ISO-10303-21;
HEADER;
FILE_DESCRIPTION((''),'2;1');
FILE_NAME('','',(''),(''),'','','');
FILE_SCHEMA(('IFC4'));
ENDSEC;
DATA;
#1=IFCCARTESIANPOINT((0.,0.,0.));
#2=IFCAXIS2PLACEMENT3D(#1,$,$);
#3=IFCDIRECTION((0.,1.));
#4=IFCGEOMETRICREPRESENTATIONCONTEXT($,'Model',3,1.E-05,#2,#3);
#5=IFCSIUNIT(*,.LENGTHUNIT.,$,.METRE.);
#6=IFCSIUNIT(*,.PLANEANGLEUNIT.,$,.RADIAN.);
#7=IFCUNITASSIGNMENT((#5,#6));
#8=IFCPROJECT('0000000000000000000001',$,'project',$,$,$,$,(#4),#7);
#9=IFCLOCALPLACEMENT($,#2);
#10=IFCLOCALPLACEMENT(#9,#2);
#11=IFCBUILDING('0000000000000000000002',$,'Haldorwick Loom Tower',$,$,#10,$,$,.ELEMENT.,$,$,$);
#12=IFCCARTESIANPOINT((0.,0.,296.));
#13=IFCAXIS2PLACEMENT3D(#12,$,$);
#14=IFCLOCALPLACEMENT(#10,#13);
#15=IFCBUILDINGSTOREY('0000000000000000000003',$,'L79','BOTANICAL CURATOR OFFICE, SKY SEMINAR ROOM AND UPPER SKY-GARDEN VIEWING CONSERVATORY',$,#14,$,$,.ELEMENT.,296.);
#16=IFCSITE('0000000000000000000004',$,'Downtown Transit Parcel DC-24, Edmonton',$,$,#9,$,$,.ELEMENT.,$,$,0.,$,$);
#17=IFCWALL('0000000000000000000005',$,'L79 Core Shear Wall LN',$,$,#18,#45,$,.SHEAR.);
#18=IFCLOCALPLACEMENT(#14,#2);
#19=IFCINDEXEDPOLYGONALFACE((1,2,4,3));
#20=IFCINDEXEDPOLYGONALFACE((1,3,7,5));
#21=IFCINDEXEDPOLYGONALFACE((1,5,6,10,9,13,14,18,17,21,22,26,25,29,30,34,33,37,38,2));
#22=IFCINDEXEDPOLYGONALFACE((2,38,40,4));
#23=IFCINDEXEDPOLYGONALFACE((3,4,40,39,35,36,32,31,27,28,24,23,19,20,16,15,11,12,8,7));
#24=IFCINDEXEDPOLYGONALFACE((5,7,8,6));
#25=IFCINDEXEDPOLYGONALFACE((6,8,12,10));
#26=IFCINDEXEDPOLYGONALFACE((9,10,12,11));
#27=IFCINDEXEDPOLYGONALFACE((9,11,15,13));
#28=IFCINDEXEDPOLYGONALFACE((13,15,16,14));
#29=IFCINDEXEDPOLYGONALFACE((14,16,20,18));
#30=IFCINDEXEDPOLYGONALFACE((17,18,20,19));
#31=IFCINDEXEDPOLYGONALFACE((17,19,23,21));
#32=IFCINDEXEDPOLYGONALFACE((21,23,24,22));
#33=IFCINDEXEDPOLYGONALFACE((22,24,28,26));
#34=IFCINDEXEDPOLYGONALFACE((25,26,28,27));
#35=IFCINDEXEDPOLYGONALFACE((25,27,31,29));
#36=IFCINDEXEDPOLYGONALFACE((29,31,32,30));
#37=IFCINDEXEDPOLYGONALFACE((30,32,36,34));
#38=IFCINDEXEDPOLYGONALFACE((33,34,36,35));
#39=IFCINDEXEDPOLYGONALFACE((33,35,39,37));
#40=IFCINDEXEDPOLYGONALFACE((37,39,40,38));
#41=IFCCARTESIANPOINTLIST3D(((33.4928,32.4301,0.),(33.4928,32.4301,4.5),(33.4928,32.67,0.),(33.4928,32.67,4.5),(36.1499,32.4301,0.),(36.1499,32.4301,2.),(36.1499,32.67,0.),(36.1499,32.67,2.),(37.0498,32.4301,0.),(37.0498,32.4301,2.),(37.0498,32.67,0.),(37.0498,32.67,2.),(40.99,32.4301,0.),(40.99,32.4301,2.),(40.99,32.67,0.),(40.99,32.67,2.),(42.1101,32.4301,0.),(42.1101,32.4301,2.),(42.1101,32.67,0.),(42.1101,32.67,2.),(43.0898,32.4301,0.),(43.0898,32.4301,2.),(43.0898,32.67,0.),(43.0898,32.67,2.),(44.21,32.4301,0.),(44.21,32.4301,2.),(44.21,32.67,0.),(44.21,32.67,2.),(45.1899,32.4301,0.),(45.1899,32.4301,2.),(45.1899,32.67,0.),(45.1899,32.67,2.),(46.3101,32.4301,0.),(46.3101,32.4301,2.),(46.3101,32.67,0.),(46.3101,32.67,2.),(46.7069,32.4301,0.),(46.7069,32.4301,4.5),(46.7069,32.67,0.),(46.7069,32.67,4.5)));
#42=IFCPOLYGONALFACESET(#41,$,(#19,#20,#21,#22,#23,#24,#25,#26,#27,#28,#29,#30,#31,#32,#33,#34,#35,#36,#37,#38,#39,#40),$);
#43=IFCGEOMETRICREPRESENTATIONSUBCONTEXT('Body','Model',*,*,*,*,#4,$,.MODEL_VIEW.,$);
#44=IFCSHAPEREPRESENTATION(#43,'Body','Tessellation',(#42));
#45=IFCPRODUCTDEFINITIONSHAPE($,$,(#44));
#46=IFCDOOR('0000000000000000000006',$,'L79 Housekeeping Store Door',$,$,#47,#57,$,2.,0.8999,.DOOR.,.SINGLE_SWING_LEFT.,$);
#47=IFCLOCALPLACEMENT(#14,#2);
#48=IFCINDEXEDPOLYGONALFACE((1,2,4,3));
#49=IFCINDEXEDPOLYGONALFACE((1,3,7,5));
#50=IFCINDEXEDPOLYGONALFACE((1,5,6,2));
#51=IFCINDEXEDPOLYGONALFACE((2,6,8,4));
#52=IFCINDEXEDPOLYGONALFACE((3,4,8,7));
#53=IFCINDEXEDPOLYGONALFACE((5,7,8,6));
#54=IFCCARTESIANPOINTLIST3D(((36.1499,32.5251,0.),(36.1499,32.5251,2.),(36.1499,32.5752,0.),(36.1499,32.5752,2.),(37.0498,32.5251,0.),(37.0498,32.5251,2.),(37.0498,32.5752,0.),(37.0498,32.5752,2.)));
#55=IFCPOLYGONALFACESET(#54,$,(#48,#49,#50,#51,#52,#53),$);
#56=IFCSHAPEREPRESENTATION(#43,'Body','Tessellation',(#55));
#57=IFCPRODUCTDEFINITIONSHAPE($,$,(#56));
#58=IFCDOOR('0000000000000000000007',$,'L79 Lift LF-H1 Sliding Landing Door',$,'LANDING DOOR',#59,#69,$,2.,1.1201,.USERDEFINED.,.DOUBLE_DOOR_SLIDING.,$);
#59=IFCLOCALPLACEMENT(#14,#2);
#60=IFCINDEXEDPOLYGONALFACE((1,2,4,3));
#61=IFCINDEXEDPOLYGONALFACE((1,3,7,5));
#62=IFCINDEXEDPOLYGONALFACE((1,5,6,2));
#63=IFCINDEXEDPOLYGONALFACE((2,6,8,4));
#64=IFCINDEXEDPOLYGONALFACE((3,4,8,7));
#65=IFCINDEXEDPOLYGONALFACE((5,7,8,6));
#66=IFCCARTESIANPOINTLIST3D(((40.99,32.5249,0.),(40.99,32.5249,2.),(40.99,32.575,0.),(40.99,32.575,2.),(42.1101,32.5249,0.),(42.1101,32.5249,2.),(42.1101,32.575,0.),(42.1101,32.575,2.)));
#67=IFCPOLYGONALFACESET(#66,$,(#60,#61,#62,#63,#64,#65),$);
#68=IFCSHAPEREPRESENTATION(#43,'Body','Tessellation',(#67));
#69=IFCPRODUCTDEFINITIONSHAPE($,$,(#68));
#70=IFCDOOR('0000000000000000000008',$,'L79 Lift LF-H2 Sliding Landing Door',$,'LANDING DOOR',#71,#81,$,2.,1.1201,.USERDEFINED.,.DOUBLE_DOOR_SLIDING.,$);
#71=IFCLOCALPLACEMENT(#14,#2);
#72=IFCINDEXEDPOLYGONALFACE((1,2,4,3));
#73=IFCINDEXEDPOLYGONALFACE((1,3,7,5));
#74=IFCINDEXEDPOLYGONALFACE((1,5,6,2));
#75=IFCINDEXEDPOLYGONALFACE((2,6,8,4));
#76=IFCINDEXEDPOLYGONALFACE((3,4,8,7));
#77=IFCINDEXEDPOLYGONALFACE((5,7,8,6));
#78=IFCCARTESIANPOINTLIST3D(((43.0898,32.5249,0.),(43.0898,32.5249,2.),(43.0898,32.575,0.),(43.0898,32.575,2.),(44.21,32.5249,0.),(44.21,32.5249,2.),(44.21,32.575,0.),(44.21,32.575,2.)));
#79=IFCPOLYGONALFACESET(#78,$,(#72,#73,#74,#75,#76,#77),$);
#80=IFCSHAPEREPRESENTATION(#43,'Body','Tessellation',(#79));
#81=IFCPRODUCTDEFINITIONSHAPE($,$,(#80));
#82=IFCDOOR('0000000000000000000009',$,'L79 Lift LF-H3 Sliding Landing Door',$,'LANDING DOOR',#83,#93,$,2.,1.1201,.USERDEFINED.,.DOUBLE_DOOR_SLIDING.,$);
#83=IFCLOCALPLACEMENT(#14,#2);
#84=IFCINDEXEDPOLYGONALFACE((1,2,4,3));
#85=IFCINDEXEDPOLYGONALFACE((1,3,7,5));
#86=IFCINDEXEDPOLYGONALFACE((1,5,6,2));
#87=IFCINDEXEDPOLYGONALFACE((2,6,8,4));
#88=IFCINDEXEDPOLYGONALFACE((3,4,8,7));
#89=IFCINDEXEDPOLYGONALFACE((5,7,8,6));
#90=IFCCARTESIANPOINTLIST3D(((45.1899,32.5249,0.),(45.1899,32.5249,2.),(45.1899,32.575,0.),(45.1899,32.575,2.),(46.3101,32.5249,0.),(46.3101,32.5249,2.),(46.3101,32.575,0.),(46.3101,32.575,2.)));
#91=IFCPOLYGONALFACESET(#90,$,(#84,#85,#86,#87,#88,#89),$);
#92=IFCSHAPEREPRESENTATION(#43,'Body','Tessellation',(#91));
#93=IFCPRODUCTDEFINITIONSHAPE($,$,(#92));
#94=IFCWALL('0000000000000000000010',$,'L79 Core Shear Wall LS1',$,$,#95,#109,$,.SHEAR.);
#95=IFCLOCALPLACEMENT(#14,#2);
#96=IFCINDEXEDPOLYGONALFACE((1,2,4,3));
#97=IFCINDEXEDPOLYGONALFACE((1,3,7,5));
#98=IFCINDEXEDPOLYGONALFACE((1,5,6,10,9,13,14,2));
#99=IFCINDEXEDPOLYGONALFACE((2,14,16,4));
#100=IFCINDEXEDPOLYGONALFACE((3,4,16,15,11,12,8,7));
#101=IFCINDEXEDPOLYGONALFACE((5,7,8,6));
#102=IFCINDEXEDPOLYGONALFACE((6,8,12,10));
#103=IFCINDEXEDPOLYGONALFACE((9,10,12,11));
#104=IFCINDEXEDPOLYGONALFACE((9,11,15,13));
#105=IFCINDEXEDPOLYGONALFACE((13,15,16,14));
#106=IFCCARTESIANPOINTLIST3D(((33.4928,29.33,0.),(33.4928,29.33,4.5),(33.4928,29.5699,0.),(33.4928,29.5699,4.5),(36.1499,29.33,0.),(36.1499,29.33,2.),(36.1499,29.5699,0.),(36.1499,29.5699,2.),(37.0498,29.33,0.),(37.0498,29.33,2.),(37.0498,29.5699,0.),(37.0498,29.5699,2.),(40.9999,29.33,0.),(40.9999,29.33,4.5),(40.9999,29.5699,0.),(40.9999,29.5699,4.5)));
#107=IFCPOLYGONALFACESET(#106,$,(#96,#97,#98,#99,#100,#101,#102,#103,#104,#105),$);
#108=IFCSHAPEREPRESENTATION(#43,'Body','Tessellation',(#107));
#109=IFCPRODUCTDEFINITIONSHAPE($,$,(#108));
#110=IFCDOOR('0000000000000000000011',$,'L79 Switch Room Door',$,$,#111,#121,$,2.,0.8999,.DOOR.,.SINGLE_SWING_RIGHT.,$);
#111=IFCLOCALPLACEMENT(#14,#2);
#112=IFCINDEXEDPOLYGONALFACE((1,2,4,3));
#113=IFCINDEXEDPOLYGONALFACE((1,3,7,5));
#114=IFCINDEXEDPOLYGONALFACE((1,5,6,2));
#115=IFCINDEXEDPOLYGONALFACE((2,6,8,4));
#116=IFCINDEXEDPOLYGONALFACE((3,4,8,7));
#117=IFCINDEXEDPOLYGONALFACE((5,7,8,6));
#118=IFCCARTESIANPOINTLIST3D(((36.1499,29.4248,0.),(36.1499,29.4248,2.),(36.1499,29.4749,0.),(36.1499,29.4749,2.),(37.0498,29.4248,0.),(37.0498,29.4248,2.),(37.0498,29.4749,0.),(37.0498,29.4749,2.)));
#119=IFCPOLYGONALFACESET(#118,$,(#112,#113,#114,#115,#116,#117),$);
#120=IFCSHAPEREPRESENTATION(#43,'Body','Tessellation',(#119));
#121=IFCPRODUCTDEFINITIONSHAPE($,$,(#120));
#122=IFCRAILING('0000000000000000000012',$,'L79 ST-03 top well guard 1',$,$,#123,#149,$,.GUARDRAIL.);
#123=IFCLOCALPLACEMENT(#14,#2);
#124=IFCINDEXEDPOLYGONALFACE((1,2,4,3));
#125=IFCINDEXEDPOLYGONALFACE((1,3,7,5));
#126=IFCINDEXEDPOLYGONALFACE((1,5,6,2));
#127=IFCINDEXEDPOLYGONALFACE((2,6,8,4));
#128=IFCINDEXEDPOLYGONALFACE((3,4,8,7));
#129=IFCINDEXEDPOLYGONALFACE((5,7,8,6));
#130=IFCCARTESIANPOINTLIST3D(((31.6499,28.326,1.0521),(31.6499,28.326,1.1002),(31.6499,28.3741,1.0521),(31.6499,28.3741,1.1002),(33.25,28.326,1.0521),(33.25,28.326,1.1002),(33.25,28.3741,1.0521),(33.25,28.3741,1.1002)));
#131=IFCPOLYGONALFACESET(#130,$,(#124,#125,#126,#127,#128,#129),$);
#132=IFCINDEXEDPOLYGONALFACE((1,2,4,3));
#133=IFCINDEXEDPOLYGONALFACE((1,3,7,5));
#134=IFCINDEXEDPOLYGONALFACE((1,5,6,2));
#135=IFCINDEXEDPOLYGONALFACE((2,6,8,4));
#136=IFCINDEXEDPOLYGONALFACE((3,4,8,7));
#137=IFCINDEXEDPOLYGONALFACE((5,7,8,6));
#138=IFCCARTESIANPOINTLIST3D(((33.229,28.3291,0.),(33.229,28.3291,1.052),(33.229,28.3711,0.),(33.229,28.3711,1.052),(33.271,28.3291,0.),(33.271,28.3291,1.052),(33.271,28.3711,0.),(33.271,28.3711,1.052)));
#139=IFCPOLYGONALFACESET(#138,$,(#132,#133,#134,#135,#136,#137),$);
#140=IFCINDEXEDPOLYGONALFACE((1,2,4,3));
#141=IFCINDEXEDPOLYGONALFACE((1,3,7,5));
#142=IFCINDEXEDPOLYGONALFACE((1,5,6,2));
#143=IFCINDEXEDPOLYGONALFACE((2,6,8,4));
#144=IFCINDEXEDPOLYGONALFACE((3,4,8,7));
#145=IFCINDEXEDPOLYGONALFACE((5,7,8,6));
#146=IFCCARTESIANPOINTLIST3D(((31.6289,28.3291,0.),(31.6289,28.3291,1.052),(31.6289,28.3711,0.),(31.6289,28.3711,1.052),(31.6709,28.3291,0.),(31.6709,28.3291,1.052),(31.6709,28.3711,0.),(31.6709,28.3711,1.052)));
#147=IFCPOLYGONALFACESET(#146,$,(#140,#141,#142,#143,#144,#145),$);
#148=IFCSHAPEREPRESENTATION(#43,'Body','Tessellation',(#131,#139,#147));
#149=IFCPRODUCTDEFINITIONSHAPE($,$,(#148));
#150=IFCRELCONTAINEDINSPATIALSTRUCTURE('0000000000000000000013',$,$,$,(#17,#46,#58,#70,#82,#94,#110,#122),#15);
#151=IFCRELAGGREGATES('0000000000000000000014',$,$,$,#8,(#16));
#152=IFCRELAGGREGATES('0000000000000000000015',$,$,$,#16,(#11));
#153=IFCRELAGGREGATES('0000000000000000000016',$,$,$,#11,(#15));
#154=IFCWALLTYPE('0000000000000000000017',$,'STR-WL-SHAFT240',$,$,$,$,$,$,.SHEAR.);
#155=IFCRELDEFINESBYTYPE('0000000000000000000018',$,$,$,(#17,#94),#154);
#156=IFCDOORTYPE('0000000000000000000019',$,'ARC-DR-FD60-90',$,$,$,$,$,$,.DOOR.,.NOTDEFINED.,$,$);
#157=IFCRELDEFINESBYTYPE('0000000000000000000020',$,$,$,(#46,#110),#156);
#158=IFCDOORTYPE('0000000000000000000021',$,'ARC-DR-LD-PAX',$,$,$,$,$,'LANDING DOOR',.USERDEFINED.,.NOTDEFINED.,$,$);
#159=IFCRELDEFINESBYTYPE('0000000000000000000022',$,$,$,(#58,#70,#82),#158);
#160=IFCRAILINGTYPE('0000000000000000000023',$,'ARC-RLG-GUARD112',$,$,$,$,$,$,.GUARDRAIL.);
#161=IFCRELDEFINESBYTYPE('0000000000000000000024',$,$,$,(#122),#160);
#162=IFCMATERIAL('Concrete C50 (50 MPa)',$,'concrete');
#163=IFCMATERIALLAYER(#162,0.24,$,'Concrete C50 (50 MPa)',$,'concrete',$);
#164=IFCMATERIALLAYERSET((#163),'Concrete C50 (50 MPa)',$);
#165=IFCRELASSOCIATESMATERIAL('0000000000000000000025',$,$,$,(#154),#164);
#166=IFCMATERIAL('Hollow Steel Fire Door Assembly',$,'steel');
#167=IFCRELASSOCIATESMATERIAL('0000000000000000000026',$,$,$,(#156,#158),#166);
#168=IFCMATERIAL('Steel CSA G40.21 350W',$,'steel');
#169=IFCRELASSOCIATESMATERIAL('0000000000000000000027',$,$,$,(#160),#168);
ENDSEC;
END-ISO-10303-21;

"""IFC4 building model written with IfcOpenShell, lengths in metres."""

from ifc_helpers import new_model, si_unit, direction, frame, frame_2d, origin, origin_2d, place, context, subcontext, project, spatial, rectangle, extrude, material, layer, layer_set, type_object, element, fill, save


model = new_model("IFC4")

# Units and contexts
model_context = context("Model", 3, precision=1e-05, world=origin(), true_north=direction((0.0, 1.0)))
body_context = subcontext(model_context, "Body", "Model", "MODEL_VIEW")
ifc_project = project(units=[si_unit("LENGTHUNIT", "METRE"), si_unit("PLANEANGLEUNIT", "RADIAN")], contexts=[model_context])

# Site, building, storey
site_placement = place(None, origin())
site = spatial("IfcSite", under=ifc_project, at=site_placement, Name="Downtown Transit Parcel DC-24, Edmonton", CompositionType="ELEMENT", RefElevation=0.0)
building_placement = place(site_placement, origin())
building = spatial("IfcBuilding", under=site, at=building_placement, Name="Haldorwick Loom Tower", CompositionType="ELEMENT")
storey_placement = place(building_placement, frame((0.0, 0.0, 296.0)))
storey = spatial("IfcBuildingStorey", under=building, at=storey_placement, Name="L79", Description="BOTANICAL CURATOR OFFICE, SKY SEMINAR ROOM AND UPPER SKY-GARDEN VIEWING CONSERVATORY", CompositionType="ELEMENT", Elevation=296.0)

# Shared definitions
ifc_material_1 = material(Name="Steel CSA G40.21 350W", Category="steel")

# Shared definitions
ifc_material_2 = material(Name="Concrete C50 (50 MPa)", Category="concrete")

# Shared definitions
ifc_layer = layer(ifc_material_2, 0.24, Name="Concrete C50 (50 MPa)", Category="concrete")
ifc_layer_set = layer_set([ifc_layer], Name="Concrete C50 (50 MPa)")
wall_type = type_object("IfcWallType", Name="STR-WL-SHAFT240", PredefinedType="SHEAR", material=ifc_layer_set)

# Wall, openings, doors
wall_1_placement = place(storey_placement, frame((33.4929, 32.55, 0.0), z_axis=(0.0, 0.0, 1.0), x_axis=(1.0, 0.0, 0.0)))
wall_1 = element("IfcWall", 1, at=wall_1_placement, inside=storey, type_object=wall_type, Name="L79 Core Shear Wall LN", PredefinedType="SHEAR", context=body_context, shape_type="SweptSolid", body=[
    extrude(rectangle(XDim=13.2141, YDim=0.24, at=frame_2d((6.6069, 0.0))), origin(), (0.0, 0.0, 1.0), 4.5),
])
opening_1_placement = place(wall_1_placement, frame((2.657, 0.0, 0.0)))
opening_1 = element("IfcOpeningElement", 2, at=opening_1_placement, cuts=wall_1, PredefinedType="OPENING", context=body_context, shape_type="SweptSolid", body=[
    extrude(rectangle(XDim=0.8999, YDim=2.0, at=frame_2d((0.45, 1.0))), frame((0.0, 0.1299, 0.0), z_axis=(0.0, -1.0, 0.0), x_axis=(1.0, 0.0, 0.0)), (0.0, 0.0, 1.0), 0.26),
])
opening_2_placement = place(wall_1_placement, frame((7.4971, 0.0, 0.0)))
opening_2 = element("IfcOpeningElement", 3, at=opening_2_placement, cuts=wall_1, PredefinedType="OPENING", context=body_context, shape_type="SweptSolid", body=[
    extrude(rectangle(XDim=1.1201, YDim=2.0, at=frame_2d((0.5601, 1.0))), frame((0.0, 0.1299, 0.0), z_axis=(0.0, -1.0, 0.0), x_axis=(1.0, 0.0, 0.0)), (0.0, 0.0, 1.0), 0.26),
])
opening_3_placement = place(wall_1_placement, frame((9.5969, 0.0, 0.0)))
opening_3 = element("IfcOpeningElement", 4, at=opening_3_placement, cuts=wall_1, PredefinedType="OPENING", context=body_context, shape_type="SweptSolid", body=[
    extrude(rectangle(XDim=1.1201, YDim=2.0, at=frame_2d((0.5601, 1.0))), frame((0.0, 0.1299, 0.0), z_axis=(0.0, -1.0, 0.0), x_axis=(1.0, 0.0, 0.0)), (0.0, 0.0, 1.0), 0.26),
])
opening_4_placement = place(wall_1_placement, frame((11.697, 0.0, 0.0)))
opening_4 = element("IfcOpeningElement", 5, at=opening_4_placement, cuts=wall_1, PredefinedType="OPENING", context=body_context, shape_type="SweptSolid", body=[
    extrude(rectangle(XDim=1.1201, YDim=2.0, at=frame_2d((0.5601, 1.0))), frame((0.0, 0.1299, 0.0), z_axis=(0.0, -1.0, 0.0), x_axis=(1.0, 0.0, 0.0)), (0.0, 0.0, 1.0), 0.26),
])
ifc_material_3 = material(Name="Hollow Steel Fire Door Assembly", Category="steel")
door_type_1 = type_object("IfcDoorType", Name="ARC-DR-FD60-90", OperationType="NOTDEFINED", PredefinedType="DOOR", material=ifc_material_3)
door_1_placement = place(opening_1_placement, frame((0.8999, 0.0, 0.0), z_axis=(0.0, 0.0, 1.0), x_axis=(-1.0, 0.0, 0.0)))
door_1 = element("IfcDoor", 6, at=door_1_placement, inside=storey, type_object=door_type_1, Name="L79 Housekeeping Store Door", OperationType="SINGLE_SWING_LEFT", OverallHeight=2.0, OverallWidth=0.8999, PredefinedType="DOOR", context=body_context, shape_type="SweptSolid", body=[
    extrude(rectangle(XDim=0.8999, YDim=2.0, at=frame_2d((0.45, 1.0))), frame((0.0, 0.0249, 0.0), z_axis=(0.0, -1.0, 0.0), x_axis=(1.0, 0.0, 0.0)), (0.0, 0.0, 1.0), 0.05),
])
fill(opening_1, door_1)
door_type_2 = type_object("IfcDoorType", Name="ARC-DR-LD-PAX", ElementType="LANDING DOOR", OperationType="NOTDEFINED", PredefinedType="USERDEFINED", material=ifc_material_3)
door_2_placement = place(opening_2_placement, origin())
door_2 = element("IfcDoor", 7, at=door_2_placement, inside=storey, type_object=door_type_2, Name="L79 Lift LF-H1 Sliding Landing Door", ObjectType="LANDING DOOR", OperationType="DOUBLE_DOOR_SLIDING", OverallHeight=2.0, OverallWidth=1.1201, PredefinedType="USERDEFINED", context=body_context, shape_type="SweptSolid", body=[
    extrude(rectangle(XDim=1.1201, YDim=2.0, at=frame_2d((0.5601, 1.0))), frame((0.0, 0.0249, 0.0), z_axis=(0.0, -1.0, 0.0), x_axis=(1.0, 0.0, 0.0)), (0.0, 0.0, 1.0), 0.05),
])
fill(opening_2, door_2)
door_3_placement = place(opening_3_placement, origin())
door_3 = element("IfcDoor", 8, at=door_3_placement, inside=storey, type_object=door_type_2, Name="L79 Lift LF-H2 Sliding Landing Door", ObjectType="LANDING DOOR", OperationType="DOUBLE_DOOR_SLIDING", OverallHeight=2.0, OverallWidth=1.1201, PredefinedType="USERDEFINED", context=body_context, shape_type="SweptSolid", body=[
    extrude(rectangle(XDim=1.1201, YDim=2.0, at=frame_2d((0.5601, 1.0))), frame((0.0, 0.0249, 0.0), z_axis=(0.0, -1.0, 0.0), x_axis=(1.0, 0.0, 0.0)), (0.0, 0.0, 1.0), 0.05),
])
fill(opening_3, door_3)
door_4_placement = place(opening_4_placement, origin())
door_4 = element("IfcDoor", 9, at=door_4_placement, inside=storey, type_object=door_type_2, Name="L79 Lift LF-H3 Sliding Landing Door", ObjectType="LANDING DOOR", OperationType="DOUBLE_DOOR_SLIDING", OverallHeight=2.0, OverallWidth=1.1201, PredefinedType="USERDEFINED", context=body_context, shape_type="SweptSolid", body=[
    extrude(rectangle(XDim=1.1201, YDim=2.0, at=frame_2d((0.5601, 1.0))), frame((0.0, 0.0249, 0.0), z_axis=(0.0, -1.0, 0.0), x_axis=(1.0, 0.0, 0.0)), (0.0, 0.0, 1.0), 0.05),
])
fill(opening_4, door_4)

# Wall, opening, door
wall_2_placement = place(storey_placement, frame((33.4929, 29.45, 0.0), z_axis=(0.0, 0.0, 1.0), x_axis=(1.0, 0.0, 0.0)))
wall_2 = element("IfcWall", 10, at=wall_2_placement, inside=storey, type_object=wall_type, Name="L79 Core Shear Wall LS1", PredefinedType="SHEAR", context=body_context, shape_type="SweptSolid", body=[
    extrude(rectangle(XDim=7.5071, YDim=0.24, at=frame_2d((3.7534, 0.0))), origin(), (0.0, 0.0, 1.0), 4.5),
])
opening_5_placement = place(wall_2_placement, frame((2.657, 0.0, 0.0)))
opening_5 = element("IfcOpeningElement", 11, at=opening_5_placement, cuts=wall_2, PredefinedType="OPENING", context=body_context, shape_type="SweptSolid", body=[
    extrude(rectangle(XDim=0.8999, YDim=2.0, at=frame_2d((0.45, 1.0))), frame((0.0, 0.1299, 0.0), z_axis=(0.0, -1.0, 0.0), x_axis=(1.0, 0.0, 0.0)), (0.0, 0.0, 1.0), 0.26),
])
door_5_placement = place(opening_5_placement, origin())
door_5 = element("IfcDoor", 12, at=door_5_placement, inside=storey, type_object=door_type_1, Name="L79 Switch Room Door", OperationType="SINGLE_SWING_RIGHT", OverallHeight=2.0, OverallWidth=0.8999, PredefinedType="DOOR", context=body_context, shape_type="SweptSolid", body=[
    extrude(rectangle(XDim=0.8999, YDim=2.0, at=frame_2d((0.45, 1.0))), frame((0.0, 0.0249, 0.0), z_axis=(0.0, -1.0, 0.0), x_axis=(1.0, 0.0, 0.0)), (0.0, 0.0, 1.0), 0.05),
])
fill(opening_5, door_5)

# Railing
railing_type = type_object("IfcRailingType", Name="ARC-RLG-GUARD112", PredefinedType="GUARDRAIL", material=ifc_material_1)
railing_placement = place(storey_placement, frame((33.25, 28.3501, 0.0)))
element("IfcRailing", 13, at=railing_placement, inside=storey, type_object=railing_type, Name="L79 ST-03 top well guard 1", PredefinedType="GUARDRAIL", context=body_context, shape_type="SweptSolid", body=[
    extrude(rectangle(XDim=0.0481, YDim=0.0481, at=origin_2d()), frame((0.0, 0.0, 1.0762), z_axis=(-1.0, 0.0, 0.0), x_axis=(0.0, -1.0, 0.0)), (0.0, 0.0, 1.0), 1.6001),
    extrude(rectangle(XDim=0.042, YDim=0.042, at=origin_2d()), origin(), (0.0, 0.0, 1.0), 1.052),
    extrude(rectangle(XDim=0.042, YDim=0.042, at=origin_2d()), frame((-1.6001, 0.0, 0.0)), (0.0, 0.0, 1.0), 1.052),
])

save(model, "model.ifc")
